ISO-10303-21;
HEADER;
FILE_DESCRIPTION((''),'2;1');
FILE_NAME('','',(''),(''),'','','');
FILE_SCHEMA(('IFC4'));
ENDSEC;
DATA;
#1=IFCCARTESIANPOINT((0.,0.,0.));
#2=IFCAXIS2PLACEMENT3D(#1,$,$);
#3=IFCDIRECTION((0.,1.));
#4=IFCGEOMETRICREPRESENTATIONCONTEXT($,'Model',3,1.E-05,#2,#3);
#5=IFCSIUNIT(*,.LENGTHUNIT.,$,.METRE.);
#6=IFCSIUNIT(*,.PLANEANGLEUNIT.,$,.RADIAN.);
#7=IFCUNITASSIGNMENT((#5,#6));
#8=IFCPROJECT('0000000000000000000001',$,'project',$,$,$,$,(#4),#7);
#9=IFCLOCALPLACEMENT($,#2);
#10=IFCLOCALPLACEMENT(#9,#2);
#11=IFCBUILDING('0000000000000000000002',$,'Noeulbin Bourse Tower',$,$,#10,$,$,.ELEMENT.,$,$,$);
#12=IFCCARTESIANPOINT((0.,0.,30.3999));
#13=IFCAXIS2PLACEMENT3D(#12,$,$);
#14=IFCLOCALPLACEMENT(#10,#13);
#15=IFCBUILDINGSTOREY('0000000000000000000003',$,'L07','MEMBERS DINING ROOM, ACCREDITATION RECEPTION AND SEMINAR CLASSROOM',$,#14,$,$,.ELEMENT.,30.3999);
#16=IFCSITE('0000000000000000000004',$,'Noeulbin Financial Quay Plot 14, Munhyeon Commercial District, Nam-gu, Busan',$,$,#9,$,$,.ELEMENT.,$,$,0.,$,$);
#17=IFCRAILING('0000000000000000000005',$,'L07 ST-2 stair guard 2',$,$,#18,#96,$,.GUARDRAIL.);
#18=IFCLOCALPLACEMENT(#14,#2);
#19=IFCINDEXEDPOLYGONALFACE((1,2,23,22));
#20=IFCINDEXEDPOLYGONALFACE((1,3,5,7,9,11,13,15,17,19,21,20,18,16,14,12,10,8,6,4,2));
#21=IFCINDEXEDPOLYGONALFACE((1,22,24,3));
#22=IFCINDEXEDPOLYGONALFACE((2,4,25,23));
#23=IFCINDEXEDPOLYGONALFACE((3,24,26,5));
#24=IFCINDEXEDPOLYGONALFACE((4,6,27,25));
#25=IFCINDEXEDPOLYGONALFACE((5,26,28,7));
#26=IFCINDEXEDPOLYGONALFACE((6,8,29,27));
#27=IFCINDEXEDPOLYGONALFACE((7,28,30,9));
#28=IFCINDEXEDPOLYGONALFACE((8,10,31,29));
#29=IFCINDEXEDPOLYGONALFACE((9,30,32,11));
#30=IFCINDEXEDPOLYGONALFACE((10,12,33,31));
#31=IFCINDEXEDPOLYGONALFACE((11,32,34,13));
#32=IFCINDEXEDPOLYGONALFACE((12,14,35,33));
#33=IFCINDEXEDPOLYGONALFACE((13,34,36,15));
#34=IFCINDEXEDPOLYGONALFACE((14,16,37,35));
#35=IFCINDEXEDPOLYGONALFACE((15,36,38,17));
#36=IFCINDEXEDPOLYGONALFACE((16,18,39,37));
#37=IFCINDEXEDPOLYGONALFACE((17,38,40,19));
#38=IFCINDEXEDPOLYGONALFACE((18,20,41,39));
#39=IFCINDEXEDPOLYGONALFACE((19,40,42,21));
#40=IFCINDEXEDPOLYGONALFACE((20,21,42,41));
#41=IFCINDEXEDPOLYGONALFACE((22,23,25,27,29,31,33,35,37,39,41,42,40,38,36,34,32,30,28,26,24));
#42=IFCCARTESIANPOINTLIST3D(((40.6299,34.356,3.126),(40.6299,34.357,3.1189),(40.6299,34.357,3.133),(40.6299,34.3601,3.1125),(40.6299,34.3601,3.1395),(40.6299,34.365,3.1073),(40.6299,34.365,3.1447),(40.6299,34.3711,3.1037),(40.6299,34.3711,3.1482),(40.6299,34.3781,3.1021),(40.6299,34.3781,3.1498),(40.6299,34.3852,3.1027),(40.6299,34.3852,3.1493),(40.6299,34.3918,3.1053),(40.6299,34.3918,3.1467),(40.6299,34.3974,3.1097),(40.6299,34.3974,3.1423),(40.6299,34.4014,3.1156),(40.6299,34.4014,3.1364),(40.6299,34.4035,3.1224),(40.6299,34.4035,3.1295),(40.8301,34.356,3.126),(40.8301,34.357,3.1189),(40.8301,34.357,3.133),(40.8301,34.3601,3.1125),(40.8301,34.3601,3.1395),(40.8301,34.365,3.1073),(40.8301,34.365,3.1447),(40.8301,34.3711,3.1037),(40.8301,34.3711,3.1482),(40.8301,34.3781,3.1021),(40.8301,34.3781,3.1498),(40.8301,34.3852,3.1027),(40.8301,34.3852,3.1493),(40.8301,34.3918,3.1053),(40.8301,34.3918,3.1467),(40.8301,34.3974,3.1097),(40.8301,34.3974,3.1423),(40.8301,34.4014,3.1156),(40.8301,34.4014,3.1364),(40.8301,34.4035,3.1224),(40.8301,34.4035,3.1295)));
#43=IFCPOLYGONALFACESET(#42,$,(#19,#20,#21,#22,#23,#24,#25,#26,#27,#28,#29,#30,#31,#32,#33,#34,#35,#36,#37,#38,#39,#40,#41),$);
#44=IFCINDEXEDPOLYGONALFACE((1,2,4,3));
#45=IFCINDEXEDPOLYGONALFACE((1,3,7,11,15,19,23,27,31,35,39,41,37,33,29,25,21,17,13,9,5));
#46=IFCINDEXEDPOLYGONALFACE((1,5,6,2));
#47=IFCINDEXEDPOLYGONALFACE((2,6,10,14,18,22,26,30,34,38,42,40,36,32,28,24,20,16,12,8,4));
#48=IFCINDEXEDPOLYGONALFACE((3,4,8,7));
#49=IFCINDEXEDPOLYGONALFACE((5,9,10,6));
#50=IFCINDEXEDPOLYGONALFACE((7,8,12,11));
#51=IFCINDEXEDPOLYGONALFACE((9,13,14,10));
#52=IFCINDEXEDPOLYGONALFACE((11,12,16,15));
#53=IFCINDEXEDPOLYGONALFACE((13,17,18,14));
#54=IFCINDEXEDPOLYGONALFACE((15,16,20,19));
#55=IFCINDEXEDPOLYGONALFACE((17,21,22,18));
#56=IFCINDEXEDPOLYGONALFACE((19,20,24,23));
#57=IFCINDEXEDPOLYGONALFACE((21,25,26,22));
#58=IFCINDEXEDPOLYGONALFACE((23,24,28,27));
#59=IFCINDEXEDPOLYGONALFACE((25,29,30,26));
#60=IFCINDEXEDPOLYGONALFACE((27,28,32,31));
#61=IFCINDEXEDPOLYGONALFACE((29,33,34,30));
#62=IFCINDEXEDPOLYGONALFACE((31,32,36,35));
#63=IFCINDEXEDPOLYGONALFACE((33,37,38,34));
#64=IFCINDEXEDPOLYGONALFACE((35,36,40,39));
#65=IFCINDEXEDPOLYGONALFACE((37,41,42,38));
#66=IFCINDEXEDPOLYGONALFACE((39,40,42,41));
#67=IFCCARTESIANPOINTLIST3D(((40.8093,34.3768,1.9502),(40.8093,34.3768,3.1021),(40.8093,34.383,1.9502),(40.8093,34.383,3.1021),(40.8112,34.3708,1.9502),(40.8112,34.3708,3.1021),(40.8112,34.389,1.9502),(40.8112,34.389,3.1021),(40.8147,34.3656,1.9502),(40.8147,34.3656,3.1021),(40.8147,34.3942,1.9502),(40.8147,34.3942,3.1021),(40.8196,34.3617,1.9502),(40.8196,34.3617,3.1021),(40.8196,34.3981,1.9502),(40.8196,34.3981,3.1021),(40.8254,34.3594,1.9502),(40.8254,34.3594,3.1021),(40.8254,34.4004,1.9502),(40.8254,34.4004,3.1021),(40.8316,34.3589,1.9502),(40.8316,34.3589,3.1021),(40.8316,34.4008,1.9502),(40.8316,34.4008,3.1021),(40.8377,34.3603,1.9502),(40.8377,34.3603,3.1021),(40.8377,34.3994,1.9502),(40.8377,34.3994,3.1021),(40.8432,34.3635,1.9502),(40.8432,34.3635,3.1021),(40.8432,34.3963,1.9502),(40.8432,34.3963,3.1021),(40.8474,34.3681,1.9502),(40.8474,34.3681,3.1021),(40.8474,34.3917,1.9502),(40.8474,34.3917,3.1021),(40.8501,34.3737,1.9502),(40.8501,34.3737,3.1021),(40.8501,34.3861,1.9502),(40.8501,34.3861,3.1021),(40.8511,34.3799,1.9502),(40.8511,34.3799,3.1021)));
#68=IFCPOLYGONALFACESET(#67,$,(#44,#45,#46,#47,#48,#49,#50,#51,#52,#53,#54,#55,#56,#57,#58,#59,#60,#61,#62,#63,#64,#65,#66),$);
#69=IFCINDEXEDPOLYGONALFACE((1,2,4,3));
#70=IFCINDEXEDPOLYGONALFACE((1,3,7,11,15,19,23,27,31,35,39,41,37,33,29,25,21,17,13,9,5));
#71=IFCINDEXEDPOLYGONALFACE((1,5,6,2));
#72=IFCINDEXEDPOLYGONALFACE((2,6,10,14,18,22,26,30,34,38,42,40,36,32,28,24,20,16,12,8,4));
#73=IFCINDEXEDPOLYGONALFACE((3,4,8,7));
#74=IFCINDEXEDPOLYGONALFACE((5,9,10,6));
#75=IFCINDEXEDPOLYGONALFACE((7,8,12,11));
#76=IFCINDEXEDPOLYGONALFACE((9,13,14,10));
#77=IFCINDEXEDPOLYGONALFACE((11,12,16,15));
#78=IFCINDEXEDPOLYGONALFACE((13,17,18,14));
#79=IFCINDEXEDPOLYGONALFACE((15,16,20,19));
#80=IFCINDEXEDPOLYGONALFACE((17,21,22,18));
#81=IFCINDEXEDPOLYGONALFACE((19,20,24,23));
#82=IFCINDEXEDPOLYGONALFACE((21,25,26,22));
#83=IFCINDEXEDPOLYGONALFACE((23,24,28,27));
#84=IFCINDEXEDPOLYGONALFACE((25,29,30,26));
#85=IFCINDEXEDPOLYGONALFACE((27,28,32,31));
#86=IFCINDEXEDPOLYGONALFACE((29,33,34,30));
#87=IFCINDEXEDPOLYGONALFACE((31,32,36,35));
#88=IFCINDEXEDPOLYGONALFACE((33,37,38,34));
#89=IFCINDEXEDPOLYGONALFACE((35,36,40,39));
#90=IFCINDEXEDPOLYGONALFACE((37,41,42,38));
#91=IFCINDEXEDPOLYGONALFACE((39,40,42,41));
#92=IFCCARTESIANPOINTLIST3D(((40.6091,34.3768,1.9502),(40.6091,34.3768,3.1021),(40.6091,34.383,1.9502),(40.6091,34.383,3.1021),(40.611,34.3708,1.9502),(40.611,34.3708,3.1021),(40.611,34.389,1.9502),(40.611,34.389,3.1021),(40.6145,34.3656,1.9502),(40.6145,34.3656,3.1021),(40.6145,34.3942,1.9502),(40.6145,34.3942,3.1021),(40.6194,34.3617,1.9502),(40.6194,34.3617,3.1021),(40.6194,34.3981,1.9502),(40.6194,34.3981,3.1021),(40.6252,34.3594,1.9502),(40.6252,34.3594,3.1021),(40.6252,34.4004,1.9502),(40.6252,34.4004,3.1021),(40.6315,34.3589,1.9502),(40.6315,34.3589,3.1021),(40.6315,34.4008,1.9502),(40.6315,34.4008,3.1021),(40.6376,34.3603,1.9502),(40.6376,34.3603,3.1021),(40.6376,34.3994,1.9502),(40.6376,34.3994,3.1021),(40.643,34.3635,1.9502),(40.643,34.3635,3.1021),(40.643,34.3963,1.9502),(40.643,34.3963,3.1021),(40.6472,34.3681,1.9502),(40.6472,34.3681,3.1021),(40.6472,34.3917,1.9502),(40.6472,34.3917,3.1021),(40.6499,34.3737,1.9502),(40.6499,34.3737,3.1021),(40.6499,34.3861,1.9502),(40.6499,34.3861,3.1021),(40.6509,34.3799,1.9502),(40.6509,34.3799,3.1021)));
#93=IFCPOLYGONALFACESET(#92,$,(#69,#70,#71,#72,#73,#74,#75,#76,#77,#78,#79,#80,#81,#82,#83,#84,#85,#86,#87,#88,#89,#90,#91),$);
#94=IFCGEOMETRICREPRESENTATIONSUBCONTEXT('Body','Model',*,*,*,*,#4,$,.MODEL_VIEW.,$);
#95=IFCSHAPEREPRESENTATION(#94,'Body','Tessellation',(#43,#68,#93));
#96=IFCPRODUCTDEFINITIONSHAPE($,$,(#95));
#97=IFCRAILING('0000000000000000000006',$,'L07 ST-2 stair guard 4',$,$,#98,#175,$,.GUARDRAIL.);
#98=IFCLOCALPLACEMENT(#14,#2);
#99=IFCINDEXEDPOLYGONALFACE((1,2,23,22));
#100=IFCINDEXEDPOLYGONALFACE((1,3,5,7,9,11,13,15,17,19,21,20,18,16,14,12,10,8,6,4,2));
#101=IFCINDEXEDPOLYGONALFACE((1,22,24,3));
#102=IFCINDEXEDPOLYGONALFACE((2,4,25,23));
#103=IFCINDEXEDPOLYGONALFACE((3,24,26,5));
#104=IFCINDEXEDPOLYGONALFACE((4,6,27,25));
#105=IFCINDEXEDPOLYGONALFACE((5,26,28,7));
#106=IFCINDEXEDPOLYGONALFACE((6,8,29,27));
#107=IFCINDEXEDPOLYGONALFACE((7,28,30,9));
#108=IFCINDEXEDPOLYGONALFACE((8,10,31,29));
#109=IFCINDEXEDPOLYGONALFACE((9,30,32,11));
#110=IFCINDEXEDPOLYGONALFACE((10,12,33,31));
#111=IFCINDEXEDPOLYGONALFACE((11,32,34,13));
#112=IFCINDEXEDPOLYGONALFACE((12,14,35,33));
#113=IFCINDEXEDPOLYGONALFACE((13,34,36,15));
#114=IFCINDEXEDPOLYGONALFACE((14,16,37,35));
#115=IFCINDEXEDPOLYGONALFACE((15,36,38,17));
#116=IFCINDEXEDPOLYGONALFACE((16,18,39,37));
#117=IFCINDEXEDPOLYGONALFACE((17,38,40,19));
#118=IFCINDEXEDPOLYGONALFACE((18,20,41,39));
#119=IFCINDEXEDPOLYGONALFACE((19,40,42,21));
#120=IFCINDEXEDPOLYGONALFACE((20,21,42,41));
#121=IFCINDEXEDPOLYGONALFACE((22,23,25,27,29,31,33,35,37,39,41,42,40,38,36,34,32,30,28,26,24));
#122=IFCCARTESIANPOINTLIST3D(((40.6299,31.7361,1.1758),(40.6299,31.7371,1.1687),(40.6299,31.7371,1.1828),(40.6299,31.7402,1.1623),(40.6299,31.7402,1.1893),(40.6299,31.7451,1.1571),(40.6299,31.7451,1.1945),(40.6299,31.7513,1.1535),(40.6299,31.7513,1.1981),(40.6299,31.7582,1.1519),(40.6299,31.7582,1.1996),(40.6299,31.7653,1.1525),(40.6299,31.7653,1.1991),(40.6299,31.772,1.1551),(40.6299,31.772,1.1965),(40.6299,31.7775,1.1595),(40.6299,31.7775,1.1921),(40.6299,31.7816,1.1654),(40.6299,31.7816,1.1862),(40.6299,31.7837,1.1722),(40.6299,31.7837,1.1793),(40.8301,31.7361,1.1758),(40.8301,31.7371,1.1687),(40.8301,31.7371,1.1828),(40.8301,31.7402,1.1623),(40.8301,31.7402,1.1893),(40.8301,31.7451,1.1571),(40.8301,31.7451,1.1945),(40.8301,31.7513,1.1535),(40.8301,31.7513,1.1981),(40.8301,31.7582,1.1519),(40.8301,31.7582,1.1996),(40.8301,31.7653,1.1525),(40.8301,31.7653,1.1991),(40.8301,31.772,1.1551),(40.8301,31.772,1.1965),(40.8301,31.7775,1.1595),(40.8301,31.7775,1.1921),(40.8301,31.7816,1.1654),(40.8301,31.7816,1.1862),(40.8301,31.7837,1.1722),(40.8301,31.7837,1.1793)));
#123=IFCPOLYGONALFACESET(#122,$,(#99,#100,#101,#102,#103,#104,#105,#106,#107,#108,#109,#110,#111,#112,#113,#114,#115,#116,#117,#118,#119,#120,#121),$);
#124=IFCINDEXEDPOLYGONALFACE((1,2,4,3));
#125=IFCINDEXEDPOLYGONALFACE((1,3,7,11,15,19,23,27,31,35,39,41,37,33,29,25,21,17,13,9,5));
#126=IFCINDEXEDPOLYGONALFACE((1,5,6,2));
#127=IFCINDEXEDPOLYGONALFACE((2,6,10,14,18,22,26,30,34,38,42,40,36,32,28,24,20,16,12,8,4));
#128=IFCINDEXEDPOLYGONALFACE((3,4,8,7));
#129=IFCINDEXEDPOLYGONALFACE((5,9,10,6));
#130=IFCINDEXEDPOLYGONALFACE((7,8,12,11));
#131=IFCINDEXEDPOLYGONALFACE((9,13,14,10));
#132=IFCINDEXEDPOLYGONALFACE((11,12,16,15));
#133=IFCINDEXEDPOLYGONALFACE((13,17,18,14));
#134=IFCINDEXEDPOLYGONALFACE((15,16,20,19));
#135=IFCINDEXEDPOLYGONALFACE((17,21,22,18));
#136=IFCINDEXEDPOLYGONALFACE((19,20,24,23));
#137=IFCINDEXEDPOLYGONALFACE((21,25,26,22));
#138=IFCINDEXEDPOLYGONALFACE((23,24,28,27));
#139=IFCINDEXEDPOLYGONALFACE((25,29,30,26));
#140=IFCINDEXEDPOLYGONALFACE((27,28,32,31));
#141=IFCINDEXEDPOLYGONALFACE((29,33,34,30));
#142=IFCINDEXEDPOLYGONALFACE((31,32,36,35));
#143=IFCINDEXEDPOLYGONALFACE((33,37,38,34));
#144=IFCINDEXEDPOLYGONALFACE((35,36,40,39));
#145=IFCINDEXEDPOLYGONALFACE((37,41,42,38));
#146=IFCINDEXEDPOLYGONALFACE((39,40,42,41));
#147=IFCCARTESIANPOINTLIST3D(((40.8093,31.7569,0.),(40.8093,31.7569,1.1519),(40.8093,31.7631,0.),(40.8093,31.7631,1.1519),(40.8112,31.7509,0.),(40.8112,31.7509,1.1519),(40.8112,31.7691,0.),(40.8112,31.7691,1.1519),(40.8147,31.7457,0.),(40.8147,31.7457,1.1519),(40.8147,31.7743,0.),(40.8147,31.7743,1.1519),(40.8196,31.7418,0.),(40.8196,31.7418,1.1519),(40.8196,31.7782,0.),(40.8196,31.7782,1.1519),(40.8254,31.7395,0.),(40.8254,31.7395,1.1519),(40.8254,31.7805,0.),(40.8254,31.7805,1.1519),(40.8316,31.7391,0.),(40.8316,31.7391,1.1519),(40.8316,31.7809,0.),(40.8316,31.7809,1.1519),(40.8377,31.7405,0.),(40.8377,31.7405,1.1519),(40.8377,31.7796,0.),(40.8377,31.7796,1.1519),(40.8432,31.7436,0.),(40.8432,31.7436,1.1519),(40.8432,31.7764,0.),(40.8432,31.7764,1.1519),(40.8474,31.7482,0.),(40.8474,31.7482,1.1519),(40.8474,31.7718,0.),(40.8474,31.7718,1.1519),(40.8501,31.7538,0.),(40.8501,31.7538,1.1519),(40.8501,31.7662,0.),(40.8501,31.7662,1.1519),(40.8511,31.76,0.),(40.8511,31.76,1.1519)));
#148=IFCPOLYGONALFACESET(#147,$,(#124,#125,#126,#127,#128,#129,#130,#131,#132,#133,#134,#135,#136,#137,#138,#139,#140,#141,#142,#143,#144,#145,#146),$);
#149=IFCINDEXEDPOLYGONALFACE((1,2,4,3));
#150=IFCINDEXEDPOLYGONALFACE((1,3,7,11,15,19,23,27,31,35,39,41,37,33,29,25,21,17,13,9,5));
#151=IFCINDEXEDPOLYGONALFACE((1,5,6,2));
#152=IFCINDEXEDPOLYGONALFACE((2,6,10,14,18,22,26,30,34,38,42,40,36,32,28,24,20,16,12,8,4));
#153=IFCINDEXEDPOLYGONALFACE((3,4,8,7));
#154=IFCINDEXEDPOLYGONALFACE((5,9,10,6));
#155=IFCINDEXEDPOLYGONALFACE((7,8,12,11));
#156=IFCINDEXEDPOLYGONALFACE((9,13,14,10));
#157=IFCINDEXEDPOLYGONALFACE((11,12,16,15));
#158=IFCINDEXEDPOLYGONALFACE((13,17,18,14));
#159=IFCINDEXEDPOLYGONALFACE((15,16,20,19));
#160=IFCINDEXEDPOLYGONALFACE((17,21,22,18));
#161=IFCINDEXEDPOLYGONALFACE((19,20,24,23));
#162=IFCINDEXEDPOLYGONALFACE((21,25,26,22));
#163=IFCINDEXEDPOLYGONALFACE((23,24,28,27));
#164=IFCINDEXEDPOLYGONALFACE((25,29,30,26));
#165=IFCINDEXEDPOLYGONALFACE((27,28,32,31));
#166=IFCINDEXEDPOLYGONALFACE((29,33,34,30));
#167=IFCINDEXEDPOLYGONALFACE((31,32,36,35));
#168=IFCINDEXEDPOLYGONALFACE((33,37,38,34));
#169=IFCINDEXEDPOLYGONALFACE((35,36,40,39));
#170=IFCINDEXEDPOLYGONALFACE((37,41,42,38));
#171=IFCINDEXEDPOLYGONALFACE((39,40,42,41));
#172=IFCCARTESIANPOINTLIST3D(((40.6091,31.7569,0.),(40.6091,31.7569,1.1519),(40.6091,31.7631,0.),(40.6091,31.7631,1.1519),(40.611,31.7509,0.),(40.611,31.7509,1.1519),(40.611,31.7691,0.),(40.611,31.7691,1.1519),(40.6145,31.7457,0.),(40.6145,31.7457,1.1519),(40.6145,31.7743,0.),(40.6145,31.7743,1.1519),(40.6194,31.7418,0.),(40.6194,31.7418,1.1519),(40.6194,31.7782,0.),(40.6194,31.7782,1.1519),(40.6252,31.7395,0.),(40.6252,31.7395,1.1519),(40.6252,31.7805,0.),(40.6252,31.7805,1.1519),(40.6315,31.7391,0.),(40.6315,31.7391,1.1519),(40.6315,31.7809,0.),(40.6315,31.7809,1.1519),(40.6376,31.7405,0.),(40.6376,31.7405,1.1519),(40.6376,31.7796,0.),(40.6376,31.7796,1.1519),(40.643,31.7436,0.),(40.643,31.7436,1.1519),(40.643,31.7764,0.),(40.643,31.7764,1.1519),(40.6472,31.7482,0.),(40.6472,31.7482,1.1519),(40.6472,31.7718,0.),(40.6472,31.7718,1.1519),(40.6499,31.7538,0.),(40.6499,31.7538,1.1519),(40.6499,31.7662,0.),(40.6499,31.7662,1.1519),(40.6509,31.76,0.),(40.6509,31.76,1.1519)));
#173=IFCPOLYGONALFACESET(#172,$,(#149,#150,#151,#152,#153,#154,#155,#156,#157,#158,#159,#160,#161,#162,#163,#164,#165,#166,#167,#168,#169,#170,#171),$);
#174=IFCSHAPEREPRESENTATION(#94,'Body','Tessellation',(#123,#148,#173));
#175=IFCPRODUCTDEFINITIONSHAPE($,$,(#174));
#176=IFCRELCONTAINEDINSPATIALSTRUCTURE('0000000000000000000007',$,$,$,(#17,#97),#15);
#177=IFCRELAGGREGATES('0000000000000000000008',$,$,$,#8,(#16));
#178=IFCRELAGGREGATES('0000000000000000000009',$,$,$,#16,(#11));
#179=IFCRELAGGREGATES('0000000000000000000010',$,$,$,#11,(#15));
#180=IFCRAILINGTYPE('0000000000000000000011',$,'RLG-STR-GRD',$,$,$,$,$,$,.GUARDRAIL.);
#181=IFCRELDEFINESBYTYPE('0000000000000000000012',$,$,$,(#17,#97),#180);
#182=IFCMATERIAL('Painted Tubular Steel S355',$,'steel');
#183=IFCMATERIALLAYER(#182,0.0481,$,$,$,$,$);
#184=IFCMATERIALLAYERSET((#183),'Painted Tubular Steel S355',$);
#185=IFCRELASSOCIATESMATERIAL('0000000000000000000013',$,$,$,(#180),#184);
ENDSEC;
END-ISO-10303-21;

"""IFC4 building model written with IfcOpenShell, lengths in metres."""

from ifc_helpers import new_model, si_unit, direction, frame, origin, origin_2d, place, context, subcontext, project, spatial, circle, extrude, material, layer, layer_set, type_object, element, save


model = new_model("IFC4")

# Units and contexts
model_context = context("Model", 3, precision=1e-05, world=origin(), true_north=direction((0.0, 1.0)))
body_context = subcontext(model_context, "Body", "Model", "MODEL_VIEW")
ifc_project = project(units=[si_unit("LENGTHUNIT", "METRE"), si_unit("PLANEANGLEUNIT", "RADIAN")], contexts=[model_context])

# Site, building, storey
site_placement = place(None, origin())
site = spatial("IfcSite", under=ifc_project, at=site_placement, Name="Noeulbin Financial Quay Plot 14, Munhyeon Commercial District, Nam-gu, Busan", CompositionType="ELEMENT", RefElevation=0.0)
building_placement = place(site_placement, origin())
building = spatial("IfcBuilding", under=site, at=building_placement, Name="Noeulbin Bourse Tower", CompositionType="ELEMENT")
storey_placement = place(building_placement, frame((0.0, 0.0, 30.3999)))
storey = spatial("IfcBuildingStorey", under=building, at=storey_placement, Name="L07", Description="MEMBERS DINING ROOM, ACCREDITATION RECEPTION AND SEMINAR CLASSROOM", CompositionType="ELEMENT", Elevation=30.3999)

# Railings
ifc_material_1 = material(Name="Painted Tubular Steel S355", Category="steel")
ifc_layer_1 = layer(ifc_material_1, 0.0481)
ifc_layer_set_1 = layer_set([ifc_layer_1], Name="Painted Tubular Steel S355")
railing_type_1 = type_object("IfcRailingType", Name="RLG-STR-GRD", PredefinedType="GUARDRAIL", material=ifc_layer_set_1)
for number, where, name in (
    (1, (40.8301, 34.3799, 1.9502), "L07 ST-2 stair guard 2"),
    (2, (40.8301, 31.76, 0.0), "L07 ST-2 stair guard 4"),
):
    element("IfcRailing", number, at=place(storey_placement, frame(where)), inside=storey, type_object=railing_type_1, Name=name, PredefinedType="GUARDRAIL", context=body_context, shape_type="SweptSolid", body=[
        extrude(circle(Radius=0.0239, at=origin_2d()), frame((0.0, 0.0, 1.1758), z_axis=(-1.0, 0.0, 0.0), x_axis=(0.0, -1.0, 0.0)), (0.0, 0.0, 1.0), 0.2002),
        extrude(circle(Radius=0.021, at=origin_2d()), origin(), (0.0, 0.0, 1.0), 1.1519),
        extrude(circle(Radius=0.021, at=origin_2d()), frame((-0.2002, 0.0, 0.0)), (0.0, 0.0, 1.0), 1.1519),
    ])

save(model, "model.ifc")
